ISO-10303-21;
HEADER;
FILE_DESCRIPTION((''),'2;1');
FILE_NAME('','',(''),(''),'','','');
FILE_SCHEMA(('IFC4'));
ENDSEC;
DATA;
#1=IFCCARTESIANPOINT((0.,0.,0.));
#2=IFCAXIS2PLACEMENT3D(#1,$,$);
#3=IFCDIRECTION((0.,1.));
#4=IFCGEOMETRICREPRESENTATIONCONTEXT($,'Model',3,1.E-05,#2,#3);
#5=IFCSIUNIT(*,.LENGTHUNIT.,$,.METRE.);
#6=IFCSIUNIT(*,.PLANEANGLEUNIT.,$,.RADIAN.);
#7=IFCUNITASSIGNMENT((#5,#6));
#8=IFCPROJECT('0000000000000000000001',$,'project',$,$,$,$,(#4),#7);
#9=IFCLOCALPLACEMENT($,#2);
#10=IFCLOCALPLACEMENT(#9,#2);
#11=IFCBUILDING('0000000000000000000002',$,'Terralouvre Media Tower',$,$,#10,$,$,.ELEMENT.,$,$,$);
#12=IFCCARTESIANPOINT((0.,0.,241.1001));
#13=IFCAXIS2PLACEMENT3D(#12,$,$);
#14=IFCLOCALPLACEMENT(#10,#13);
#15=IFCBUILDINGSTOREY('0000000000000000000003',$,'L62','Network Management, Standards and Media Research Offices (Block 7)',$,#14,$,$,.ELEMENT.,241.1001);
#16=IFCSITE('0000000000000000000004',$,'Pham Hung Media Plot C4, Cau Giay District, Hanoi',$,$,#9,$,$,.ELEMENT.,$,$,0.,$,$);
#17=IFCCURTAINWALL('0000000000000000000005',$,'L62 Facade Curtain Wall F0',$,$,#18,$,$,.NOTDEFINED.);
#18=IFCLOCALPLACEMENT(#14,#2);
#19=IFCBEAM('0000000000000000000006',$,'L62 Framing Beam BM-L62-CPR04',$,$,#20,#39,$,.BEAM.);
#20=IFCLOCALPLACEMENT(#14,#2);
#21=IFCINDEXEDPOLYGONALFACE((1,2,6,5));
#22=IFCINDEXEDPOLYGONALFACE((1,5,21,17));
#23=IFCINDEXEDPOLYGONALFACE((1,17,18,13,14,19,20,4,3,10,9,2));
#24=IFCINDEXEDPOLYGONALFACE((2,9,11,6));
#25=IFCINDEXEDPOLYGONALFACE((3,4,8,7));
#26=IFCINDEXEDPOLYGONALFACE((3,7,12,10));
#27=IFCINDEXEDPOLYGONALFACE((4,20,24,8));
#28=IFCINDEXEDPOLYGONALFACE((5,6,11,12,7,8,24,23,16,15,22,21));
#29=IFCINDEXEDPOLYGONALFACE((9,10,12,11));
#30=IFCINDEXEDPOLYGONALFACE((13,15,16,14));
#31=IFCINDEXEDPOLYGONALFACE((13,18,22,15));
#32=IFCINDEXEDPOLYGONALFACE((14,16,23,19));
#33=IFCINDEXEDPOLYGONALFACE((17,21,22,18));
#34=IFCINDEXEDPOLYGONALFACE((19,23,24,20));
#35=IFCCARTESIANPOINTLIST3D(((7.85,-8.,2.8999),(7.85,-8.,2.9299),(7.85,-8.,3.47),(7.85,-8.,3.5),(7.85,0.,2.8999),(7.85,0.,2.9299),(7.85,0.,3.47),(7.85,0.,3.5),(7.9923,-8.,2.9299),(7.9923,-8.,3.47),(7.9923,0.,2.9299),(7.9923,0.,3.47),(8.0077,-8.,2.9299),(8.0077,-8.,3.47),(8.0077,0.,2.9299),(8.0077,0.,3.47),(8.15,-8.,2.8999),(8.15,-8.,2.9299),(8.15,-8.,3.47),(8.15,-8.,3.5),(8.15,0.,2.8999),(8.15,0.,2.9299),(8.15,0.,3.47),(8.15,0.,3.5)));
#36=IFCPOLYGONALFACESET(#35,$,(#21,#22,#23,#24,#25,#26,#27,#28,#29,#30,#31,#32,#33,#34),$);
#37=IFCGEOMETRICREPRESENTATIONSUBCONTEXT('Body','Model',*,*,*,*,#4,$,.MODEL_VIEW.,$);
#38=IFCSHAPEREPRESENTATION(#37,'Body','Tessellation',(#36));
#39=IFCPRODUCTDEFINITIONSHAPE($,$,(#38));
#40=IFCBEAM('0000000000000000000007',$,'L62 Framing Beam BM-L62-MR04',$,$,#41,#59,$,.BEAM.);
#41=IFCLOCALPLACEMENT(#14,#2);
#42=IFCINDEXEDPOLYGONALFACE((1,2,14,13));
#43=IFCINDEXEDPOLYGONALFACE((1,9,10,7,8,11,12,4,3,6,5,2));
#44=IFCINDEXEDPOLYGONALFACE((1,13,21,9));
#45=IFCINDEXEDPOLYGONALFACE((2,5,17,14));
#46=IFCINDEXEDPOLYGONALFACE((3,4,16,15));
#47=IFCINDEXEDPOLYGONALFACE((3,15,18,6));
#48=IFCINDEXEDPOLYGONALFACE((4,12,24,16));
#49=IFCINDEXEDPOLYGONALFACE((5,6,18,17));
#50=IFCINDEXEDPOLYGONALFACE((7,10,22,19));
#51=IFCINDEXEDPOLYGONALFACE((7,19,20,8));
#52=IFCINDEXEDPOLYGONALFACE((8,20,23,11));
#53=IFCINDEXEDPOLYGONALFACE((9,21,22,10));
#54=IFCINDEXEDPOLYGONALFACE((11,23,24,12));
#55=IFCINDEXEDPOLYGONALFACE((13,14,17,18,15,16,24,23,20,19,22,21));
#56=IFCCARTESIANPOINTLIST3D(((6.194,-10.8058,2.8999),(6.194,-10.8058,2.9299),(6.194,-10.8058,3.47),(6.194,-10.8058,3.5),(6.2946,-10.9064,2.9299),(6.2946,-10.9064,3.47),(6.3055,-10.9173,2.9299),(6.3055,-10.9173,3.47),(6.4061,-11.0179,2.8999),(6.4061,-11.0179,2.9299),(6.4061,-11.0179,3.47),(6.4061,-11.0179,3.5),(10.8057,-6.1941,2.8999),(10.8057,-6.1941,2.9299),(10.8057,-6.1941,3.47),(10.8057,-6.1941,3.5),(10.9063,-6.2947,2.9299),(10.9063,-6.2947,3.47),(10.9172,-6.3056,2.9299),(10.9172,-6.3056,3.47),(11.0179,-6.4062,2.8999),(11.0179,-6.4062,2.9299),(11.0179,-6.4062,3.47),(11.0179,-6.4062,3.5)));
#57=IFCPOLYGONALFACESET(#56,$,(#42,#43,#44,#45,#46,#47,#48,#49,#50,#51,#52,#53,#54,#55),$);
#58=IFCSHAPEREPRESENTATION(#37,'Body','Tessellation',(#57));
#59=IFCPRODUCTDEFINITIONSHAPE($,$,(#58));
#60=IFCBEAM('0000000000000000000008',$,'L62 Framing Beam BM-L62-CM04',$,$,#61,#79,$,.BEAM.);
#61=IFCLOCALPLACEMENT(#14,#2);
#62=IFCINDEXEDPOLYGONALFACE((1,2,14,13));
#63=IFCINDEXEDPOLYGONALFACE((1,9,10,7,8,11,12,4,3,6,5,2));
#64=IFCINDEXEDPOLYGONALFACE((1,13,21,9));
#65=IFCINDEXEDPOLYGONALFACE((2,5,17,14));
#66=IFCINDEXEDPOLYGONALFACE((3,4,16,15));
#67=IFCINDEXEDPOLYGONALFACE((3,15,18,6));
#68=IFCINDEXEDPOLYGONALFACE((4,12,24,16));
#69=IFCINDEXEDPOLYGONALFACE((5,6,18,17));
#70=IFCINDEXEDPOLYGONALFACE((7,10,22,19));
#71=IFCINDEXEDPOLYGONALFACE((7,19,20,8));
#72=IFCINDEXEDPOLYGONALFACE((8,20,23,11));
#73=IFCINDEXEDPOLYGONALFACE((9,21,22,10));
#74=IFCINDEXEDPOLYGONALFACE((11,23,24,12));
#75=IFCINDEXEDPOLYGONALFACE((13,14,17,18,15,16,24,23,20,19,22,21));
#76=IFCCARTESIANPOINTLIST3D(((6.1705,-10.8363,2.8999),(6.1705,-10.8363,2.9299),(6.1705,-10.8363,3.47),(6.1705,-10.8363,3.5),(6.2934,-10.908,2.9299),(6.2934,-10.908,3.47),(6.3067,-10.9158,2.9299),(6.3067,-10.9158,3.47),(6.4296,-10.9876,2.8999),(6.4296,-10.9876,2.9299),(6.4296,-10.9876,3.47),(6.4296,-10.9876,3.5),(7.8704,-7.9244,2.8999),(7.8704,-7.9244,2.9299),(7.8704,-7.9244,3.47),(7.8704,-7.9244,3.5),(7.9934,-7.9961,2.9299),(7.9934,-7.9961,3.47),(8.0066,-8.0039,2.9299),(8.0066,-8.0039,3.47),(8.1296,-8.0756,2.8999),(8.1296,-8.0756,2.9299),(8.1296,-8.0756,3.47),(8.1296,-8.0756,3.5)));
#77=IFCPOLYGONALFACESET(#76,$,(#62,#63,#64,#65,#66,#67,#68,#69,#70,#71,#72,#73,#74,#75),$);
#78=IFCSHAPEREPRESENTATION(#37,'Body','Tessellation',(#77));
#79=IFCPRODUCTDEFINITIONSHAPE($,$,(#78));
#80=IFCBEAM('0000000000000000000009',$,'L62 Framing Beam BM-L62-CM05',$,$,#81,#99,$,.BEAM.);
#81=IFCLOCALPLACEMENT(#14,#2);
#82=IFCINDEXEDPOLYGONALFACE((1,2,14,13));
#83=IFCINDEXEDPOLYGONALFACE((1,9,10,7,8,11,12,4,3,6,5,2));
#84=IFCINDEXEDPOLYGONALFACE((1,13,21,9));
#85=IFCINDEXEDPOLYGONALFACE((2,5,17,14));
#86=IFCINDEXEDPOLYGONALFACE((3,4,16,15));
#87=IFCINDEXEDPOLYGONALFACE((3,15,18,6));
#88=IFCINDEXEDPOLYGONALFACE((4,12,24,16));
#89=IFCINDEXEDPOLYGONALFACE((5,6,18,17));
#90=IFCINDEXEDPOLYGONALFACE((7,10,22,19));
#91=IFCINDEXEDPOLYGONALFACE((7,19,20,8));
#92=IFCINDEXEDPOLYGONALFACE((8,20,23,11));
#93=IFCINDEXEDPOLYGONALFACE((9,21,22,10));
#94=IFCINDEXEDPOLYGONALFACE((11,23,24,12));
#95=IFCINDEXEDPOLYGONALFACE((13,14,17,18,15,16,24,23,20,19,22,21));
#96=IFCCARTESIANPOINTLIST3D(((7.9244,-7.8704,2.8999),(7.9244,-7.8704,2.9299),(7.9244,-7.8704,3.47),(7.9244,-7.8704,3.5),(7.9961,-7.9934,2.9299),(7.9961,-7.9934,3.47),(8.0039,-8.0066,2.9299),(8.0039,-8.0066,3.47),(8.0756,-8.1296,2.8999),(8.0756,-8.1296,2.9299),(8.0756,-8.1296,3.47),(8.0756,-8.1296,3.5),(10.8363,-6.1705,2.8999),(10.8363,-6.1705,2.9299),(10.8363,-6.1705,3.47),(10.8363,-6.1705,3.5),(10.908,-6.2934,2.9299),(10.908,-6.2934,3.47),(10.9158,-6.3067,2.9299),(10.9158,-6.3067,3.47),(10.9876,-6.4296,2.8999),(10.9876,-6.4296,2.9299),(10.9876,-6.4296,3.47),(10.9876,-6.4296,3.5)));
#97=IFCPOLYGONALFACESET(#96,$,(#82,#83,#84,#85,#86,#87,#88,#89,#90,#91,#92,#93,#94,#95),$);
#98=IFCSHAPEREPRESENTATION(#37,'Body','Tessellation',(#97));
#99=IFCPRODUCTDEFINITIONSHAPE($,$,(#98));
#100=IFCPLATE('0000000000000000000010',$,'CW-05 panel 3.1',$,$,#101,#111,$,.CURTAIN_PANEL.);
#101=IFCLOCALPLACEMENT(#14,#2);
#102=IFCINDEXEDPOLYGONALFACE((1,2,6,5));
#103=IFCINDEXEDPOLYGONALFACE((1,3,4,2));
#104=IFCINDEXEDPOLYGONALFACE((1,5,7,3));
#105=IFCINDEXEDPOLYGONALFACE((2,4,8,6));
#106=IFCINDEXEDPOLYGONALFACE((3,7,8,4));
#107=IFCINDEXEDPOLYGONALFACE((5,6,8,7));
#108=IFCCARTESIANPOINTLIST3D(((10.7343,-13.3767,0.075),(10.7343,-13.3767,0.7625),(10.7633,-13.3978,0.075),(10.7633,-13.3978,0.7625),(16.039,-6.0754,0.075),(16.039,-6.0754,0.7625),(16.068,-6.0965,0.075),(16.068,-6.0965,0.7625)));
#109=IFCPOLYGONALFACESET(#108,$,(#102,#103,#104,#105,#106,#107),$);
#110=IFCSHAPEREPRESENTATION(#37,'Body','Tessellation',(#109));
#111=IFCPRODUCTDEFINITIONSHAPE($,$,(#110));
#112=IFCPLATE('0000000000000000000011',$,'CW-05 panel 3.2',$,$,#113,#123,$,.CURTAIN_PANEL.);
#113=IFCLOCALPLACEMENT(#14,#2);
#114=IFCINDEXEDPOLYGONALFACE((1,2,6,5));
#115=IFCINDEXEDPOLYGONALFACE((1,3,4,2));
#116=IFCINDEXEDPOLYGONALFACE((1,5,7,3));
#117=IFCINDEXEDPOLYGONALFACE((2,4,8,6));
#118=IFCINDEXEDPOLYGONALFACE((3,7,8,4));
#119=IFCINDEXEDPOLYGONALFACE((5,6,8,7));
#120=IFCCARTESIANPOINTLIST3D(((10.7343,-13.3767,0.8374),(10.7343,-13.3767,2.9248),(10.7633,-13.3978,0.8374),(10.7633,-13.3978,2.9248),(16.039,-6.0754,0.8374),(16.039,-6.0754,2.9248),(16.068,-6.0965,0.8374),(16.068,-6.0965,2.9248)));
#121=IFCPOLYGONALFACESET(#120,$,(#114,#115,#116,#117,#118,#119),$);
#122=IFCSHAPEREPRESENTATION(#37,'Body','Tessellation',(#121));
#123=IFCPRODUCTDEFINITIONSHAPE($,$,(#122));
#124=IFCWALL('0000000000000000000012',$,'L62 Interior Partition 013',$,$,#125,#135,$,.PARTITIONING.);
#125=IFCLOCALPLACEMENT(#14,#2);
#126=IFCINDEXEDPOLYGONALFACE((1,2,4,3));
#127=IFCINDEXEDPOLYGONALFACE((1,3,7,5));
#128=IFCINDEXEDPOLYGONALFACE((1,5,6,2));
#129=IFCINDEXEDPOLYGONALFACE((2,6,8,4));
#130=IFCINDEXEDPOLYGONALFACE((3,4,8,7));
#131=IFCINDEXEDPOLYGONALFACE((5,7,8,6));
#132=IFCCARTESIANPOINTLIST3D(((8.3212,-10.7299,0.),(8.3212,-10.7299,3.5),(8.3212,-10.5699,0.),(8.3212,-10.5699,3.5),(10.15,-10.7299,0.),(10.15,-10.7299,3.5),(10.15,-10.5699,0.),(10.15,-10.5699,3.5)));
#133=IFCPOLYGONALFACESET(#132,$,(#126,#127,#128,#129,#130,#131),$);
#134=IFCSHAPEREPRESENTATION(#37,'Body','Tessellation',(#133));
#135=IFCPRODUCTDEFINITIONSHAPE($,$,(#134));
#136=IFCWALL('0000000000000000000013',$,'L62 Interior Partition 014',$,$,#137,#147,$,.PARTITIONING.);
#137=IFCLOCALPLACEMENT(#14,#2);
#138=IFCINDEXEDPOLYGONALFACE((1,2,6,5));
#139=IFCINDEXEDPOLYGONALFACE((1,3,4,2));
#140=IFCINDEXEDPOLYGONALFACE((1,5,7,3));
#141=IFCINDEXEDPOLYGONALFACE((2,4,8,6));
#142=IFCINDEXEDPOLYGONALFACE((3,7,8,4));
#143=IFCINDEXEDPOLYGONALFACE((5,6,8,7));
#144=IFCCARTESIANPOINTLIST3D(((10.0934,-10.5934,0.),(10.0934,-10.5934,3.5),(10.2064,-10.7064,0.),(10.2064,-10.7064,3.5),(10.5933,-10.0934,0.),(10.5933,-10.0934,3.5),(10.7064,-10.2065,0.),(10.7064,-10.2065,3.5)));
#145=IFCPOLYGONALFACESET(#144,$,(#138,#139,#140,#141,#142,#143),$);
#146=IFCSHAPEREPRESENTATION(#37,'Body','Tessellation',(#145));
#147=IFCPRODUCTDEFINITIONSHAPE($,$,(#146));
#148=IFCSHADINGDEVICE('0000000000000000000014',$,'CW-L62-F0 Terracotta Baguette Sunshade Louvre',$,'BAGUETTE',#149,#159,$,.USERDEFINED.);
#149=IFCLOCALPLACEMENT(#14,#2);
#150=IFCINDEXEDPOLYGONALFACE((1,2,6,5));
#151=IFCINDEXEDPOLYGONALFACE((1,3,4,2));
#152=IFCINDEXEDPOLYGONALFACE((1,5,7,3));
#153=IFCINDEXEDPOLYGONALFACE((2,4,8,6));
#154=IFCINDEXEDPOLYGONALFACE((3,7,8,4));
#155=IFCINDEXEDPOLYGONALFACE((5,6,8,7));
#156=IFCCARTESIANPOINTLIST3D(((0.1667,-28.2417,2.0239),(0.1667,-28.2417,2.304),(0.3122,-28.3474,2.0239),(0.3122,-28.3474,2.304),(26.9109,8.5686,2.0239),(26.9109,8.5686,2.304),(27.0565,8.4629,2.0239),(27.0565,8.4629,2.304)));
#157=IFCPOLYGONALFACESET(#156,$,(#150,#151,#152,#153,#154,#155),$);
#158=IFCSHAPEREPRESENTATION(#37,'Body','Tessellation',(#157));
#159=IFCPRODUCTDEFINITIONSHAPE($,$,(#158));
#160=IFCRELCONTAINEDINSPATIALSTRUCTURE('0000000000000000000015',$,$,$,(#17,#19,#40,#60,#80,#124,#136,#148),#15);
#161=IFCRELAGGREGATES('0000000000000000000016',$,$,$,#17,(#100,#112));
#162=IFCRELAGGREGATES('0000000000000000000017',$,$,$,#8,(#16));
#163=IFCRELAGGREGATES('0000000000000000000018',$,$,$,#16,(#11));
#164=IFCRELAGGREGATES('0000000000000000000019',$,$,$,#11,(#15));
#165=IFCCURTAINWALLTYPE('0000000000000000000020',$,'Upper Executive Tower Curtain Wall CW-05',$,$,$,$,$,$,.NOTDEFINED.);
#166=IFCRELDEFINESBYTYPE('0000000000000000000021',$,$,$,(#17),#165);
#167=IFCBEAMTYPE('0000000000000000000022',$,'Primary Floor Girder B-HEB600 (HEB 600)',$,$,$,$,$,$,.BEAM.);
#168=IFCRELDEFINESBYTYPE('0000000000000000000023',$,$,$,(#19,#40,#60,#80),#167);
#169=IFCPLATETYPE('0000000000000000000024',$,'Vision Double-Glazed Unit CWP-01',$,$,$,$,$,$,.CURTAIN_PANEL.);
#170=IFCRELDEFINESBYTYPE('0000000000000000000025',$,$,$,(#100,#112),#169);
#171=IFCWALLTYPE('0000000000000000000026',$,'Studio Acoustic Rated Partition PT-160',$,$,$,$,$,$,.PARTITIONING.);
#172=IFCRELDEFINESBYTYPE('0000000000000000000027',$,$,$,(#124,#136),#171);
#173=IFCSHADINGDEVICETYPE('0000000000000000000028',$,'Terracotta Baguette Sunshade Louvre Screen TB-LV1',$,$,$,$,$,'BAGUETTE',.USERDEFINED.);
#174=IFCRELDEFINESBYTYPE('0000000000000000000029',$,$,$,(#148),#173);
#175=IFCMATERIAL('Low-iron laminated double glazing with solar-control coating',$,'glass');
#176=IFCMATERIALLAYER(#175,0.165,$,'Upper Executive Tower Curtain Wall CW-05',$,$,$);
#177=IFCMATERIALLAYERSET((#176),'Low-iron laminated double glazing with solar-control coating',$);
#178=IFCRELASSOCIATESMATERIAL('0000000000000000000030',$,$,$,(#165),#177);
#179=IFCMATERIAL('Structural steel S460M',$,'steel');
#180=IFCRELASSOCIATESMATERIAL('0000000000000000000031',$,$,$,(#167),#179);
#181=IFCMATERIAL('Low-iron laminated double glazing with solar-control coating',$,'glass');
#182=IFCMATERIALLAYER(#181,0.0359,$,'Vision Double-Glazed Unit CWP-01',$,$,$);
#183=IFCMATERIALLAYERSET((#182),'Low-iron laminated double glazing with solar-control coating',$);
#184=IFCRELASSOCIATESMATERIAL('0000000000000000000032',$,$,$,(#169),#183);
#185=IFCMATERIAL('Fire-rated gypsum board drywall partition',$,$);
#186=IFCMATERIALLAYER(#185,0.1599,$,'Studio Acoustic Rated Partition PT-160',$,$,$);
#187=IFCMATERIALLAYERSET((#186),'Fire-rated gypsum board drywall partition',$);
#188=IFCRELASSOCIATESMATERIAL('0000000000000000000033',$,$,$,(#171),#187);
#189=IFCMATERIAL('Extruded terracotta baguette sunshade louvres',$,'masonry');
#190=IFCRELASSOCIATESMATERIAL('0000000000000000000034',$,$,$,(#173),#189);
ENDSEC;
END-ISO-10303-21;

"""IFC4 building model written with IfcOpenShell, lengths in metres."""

from ifc_helpers import new_model, si_unit, direction, frame, frame_2d, origin, origin_2d, place, context, subcontext, project, spatial, rectangle, i_section, extrude, material, layer, layer_set, material_profile, profile_set, type_object, element, aggregate, save


model = new_model("IFC4")

# Units and contexts
model_context = context("Model", 3, precision=1e-05, world=origin(), true_north=direction((0.0, 1.0)))
body_context = subcontext(model_context, "Body", "Model", "MODEL_VIEW")
ifc_project = project(units=[si_unit("LENGTHUNIT", "METRE"), si_unit("PLANEANGLEUNIT", "RADIAN")], contexts=[model_context])

# Site, building, storey
site_placement = place(None, origin())
site = spatial("IfcSite", under=ifc_project, at=site_placement, Name="Pham Hung Media Plot C4, Cau Giay District, Hanoi", CompositionType="ELEMENT", RefElevation=0.0)
building_placement = place(site_placement, origin())
building = spatial("IfcBuilding", under=site, at=building_placement, Name="Terralouvre Media Tower", CompositionType="ELEMENT")
storey_placement = place(building_placement, frame((0.0, 0.0, 241.1001)))
storey = spatial("IfcBuildingStorey", under=building, at=storey_placement, Name="L62", Description="Network Management, Standards and Media Research Offices (Block 7)", CompositionType="ELEMENT", Elevation=241.1001)

# Curtain wall
ifc_material_1 = material(Name="Low-iron laminated double glazing with solar-control coating", Category="glass")
ifc_layer_1 = layer(ifc_material_1, 0.165, Name="Upper Executive Tower Curtain Wall CW-05")
ifc_layer_set_1 = layer_set([ifc_layer_1], Name="Low-iron laminated double glazing with solar-control coating")
curtain_wall_type = type_object("IfcCurtainWallType", Name="Upper Executive Tower Curtain Wall CW-05", PredefinedType="NOTDEFINED", material=ifc_layer_set_1)
curtain_wall_placement = place(storey_placement, origin())
curtain_wall = element("IfcCurtainWall", 1, at=curtain_wall_placement, inside=storey, type_object=curtain_wall_type, Name="L62 Facade Curtain Wall F0", PredefinedType="NOTDEFINED")

# Beams
ifc_material_2 = material(Name="Structural steel S460M", Category="steel")
ifc_material_profile_1 = material_profile(ifc_material_2, i_section(OverallWidth=0.3, OverallDepth=0.6001, WebThickness=0.0154, FlangeThickness=0.03, at=origin_2d()), Name="HEB 600")
ifc_profile_set_1 = profile_set([ifc_material_profile_1], Name="Structural steel S460M")
beam_type_1 = type_object("IfcBeamType", Name="Primary Floor Girder B-HEB600 (HEB 600)", PredefinedType="BEAM", material=ifc_profile_set_1)
beam_1_placement = place(storey_placement, frame((8.0, -8.0, 3.2), z_axis=(0.0, 1.0, 0.0), x_axis=(-1.0, 0.0, 0.0)))
element("IfcBeam", 2, at=beam_1_placement, inside=storey, type_object=beam_type_1, Name="L62 Framing Beam BM-L62-CPR04", PredefinedType="BEAM", context=body_context, shape_type="SweptSolid", body=[
    extrude(i_section(OverallWidth=0.3, OverallDepth=0.6001, WebThickness=0.0154, FlangeThickness=0.03, at=origin_2d()), origin(), (0.0, 0.0, 1.0), 8.0),
])
beam_2_placement = place(storey_placement, frame((6.3, -10.9119, 3.2), z_axis=(0.707107, 0.707107, 0.0), x_axis=(-0.707107, 0.707107, 0.0)))
element("IfcBeam", 3, at=beam_2_placement, inside=storey, type_object=beam_type_1, Name="L62 Framing Beam BM-L62-MR04", PredefinedType="BEAM", context=body_context, shape_type="SweptSolid", body=[
    extrude(i_section(OverallWidth=0.3, OverallDepth=0.6001, WebThickness=0.0154, FlangeThickness=0.03, at=origin_2d()), origin(), (0.0, 0.0, 1.0), 6.522),
])
for number, where, z_axis, x_axis, name in (
    (4, (8.0, -8.0, 3.2), (-0.504173, -0.863603, 0.0), (0.863603, -0.504173, 0.0), "L62 Framing Beam BM-L62-CM04"),
    (5, (8.0, -8.0, 3.2), (0.863603, 0.504173, 0.0), (-0.504173, 0.863603, 0.0), "L62 Framing Beam BM-L62-CM05"),
):
    element("IfcBeam", number, at=place(storey_placement, frame(where, z_axis=z_axis, x_axis=x_axis)), inside=storey, type_object=beam_type_1, Name=name, PredefinedType="BEAM", context=body_context, shape_type="SweptSolid", body=[
        extrude(i_section(OverallWidth=0.3, OverallDepth=0.6001, WebThickness=0.0154, FlangeThickness=0.03, at=origin_2d()), origin(), (0.0, 0.0, 1.0), 3.3718),
    ])

# Plates
ifc_material_3 = material(Name="Low-iron laminated double glazing with solar-control coating", Category="glass")
ifc_layer_2 = layer(ifc_material_3, 0.0359, Name="Vision Double-Glazed Unit CWP-01")
ifc_layer_set_2 = layer_set([ifc_layer_2], Name="Low-iron laminated double glazing with solar-control coating")
plate_type = type_object("IfcPlateType", Name="Vision Double-Glazed Unit CWP-01", PredefinedType="CURTAIN_PANEL", material=ifc_layer_set_2)
plate_1_placement = place(storey_placement, frame((13.4011, -9.7366, 0.075), z_axis=(0.0, 0.0, 1.0), x_axis=(0.587785, 0.809017, 0.0)))
plate_1 = element("IfcPlate", 6, at=plate_1_placement, type_object=plate_type, Name="CW-05 panel 3.1", PredefinedType="CURTAIN_PANEL", context=body_context, shape_type="SweptSolid", body=[
    extrude(rectangle(XDim=9.0249, YDim=0.0359, at=origin_2d()), origin(), (0.0, 0.0, 1.0), 0.6875),
])
plate_2_placement = place(storey_placement, frame((13.4011, -9.7366, 0.8374), z_axis=(0.0, 0.0, 1.0), x_axis=(0.587785, 0.809017, 0.0)))
plate_2 = element("IfcPlate", 7, at=plate_2_placement, type_object=plate_type, Name="CW-05 panel 3.2", PredefinedType="CURTAIN_PANEL", context=body_context, shape_type="SweptSolid", body=[
    extrude(rectangle(XDim=9.0249, YDim=0.0359, at=origin_2d()), origin(), (0.0, 0.0, 1.0), 2.0874),
])
aggregate(curtain_wall, [plate_1, plate_2])

# Walls
ifc_material_4 = material(Name="Fire-rated gypsum board drywall partition")
ifc_layer_3 = layer(ifc_material_4, 0.1599, Name="Studio Acoustic Rated Partition PT-160")
ifc_layer_set_3 = layer_set([ifc_layer_3], Name="Fire-rated gypsum board drywall partition")
wall_type = type_object("IfcWallType", Name="Studio Acoustic Rated Partition PT-160", PredefinedType="PARTITIONING", material=ifc_layer_set_3)
wall_1_placement = place(storey_placement, frame((8.321, -10.6499, 0.0), z_axis=(0.0, 0.0, 1.0), x_axis=(1.0, 0.0, 0.0)))
element("IfcWall", 8, at=wall_1_placement, inside=storey, type_object=wall_type, Name="L62 Interior Partition 013", PredefinedType="PARTITIONING", context=body_context, shape_type="SweptSolid", body=[
    extrude(rectangle(XDim=1.8289, YDim=0.1599, at=frame_2d((0.9146, 0.0))), origin(), (0.0, 0.0, 1.0), 3.5),
])
wall_2_placement = place(storey_placement, frame((10.1499, -10.6499, 0.0), z_axis=(0.0, 0.0, 1.0), x_axis=(0.707107, 0.707107, 0.0)))
element("IfcWall", 9, at=wall_2_placement, inside=storey, type_object=wall_type, Name="L62 Interior Partition 014", PredefinedType="PARTITIONING", context=body_context, shape_type="SweptSolid", body=[
    extrude(rectangle(XDim=0.707, YDim=0.1599, at=frame_2d((0.3535, 0.0))), origin(), (0.0, 0.0, 1.0), 3.5),
])

# Shading device
ifc_material_5 = material(Name="Extruded terracotta baguette sunshade louvres", Category="masonry")
shading_device_type = type_object("IfcShadingDeviceType", Name="Terracotta Baguette Sunshade Louvre Screen TB-LV1", ElementType="BAGUETTE", PredefinedType="USERDEFINED", material=ifc_material_5)
shading_device_placement = place(storey_placement, frame((13.6116, -9.8894, 2.0239), z_axis=(0.0, 0.0, 1.0), x_axis=(0.587785, 0.809017, 0.0)))
element("IfcShadingDevice", 10, at=shading_device_placement, inside=storey, type_object=shading_device_type, Name="CW-L62-F0 Terracotta Baguette Sunshade Louvre", ObjectType="BAGUETTE", PredefinedType="USERDEFINED", context=body_context, shape_type="SweptSolid", body=[
    extrude(rectangle(XDim=45.5, YDim=0.1799, at=origin_2d()), origin(), (0.0, 0.0, 1.0), 0.28),
])

save(model, "model.ifc")
